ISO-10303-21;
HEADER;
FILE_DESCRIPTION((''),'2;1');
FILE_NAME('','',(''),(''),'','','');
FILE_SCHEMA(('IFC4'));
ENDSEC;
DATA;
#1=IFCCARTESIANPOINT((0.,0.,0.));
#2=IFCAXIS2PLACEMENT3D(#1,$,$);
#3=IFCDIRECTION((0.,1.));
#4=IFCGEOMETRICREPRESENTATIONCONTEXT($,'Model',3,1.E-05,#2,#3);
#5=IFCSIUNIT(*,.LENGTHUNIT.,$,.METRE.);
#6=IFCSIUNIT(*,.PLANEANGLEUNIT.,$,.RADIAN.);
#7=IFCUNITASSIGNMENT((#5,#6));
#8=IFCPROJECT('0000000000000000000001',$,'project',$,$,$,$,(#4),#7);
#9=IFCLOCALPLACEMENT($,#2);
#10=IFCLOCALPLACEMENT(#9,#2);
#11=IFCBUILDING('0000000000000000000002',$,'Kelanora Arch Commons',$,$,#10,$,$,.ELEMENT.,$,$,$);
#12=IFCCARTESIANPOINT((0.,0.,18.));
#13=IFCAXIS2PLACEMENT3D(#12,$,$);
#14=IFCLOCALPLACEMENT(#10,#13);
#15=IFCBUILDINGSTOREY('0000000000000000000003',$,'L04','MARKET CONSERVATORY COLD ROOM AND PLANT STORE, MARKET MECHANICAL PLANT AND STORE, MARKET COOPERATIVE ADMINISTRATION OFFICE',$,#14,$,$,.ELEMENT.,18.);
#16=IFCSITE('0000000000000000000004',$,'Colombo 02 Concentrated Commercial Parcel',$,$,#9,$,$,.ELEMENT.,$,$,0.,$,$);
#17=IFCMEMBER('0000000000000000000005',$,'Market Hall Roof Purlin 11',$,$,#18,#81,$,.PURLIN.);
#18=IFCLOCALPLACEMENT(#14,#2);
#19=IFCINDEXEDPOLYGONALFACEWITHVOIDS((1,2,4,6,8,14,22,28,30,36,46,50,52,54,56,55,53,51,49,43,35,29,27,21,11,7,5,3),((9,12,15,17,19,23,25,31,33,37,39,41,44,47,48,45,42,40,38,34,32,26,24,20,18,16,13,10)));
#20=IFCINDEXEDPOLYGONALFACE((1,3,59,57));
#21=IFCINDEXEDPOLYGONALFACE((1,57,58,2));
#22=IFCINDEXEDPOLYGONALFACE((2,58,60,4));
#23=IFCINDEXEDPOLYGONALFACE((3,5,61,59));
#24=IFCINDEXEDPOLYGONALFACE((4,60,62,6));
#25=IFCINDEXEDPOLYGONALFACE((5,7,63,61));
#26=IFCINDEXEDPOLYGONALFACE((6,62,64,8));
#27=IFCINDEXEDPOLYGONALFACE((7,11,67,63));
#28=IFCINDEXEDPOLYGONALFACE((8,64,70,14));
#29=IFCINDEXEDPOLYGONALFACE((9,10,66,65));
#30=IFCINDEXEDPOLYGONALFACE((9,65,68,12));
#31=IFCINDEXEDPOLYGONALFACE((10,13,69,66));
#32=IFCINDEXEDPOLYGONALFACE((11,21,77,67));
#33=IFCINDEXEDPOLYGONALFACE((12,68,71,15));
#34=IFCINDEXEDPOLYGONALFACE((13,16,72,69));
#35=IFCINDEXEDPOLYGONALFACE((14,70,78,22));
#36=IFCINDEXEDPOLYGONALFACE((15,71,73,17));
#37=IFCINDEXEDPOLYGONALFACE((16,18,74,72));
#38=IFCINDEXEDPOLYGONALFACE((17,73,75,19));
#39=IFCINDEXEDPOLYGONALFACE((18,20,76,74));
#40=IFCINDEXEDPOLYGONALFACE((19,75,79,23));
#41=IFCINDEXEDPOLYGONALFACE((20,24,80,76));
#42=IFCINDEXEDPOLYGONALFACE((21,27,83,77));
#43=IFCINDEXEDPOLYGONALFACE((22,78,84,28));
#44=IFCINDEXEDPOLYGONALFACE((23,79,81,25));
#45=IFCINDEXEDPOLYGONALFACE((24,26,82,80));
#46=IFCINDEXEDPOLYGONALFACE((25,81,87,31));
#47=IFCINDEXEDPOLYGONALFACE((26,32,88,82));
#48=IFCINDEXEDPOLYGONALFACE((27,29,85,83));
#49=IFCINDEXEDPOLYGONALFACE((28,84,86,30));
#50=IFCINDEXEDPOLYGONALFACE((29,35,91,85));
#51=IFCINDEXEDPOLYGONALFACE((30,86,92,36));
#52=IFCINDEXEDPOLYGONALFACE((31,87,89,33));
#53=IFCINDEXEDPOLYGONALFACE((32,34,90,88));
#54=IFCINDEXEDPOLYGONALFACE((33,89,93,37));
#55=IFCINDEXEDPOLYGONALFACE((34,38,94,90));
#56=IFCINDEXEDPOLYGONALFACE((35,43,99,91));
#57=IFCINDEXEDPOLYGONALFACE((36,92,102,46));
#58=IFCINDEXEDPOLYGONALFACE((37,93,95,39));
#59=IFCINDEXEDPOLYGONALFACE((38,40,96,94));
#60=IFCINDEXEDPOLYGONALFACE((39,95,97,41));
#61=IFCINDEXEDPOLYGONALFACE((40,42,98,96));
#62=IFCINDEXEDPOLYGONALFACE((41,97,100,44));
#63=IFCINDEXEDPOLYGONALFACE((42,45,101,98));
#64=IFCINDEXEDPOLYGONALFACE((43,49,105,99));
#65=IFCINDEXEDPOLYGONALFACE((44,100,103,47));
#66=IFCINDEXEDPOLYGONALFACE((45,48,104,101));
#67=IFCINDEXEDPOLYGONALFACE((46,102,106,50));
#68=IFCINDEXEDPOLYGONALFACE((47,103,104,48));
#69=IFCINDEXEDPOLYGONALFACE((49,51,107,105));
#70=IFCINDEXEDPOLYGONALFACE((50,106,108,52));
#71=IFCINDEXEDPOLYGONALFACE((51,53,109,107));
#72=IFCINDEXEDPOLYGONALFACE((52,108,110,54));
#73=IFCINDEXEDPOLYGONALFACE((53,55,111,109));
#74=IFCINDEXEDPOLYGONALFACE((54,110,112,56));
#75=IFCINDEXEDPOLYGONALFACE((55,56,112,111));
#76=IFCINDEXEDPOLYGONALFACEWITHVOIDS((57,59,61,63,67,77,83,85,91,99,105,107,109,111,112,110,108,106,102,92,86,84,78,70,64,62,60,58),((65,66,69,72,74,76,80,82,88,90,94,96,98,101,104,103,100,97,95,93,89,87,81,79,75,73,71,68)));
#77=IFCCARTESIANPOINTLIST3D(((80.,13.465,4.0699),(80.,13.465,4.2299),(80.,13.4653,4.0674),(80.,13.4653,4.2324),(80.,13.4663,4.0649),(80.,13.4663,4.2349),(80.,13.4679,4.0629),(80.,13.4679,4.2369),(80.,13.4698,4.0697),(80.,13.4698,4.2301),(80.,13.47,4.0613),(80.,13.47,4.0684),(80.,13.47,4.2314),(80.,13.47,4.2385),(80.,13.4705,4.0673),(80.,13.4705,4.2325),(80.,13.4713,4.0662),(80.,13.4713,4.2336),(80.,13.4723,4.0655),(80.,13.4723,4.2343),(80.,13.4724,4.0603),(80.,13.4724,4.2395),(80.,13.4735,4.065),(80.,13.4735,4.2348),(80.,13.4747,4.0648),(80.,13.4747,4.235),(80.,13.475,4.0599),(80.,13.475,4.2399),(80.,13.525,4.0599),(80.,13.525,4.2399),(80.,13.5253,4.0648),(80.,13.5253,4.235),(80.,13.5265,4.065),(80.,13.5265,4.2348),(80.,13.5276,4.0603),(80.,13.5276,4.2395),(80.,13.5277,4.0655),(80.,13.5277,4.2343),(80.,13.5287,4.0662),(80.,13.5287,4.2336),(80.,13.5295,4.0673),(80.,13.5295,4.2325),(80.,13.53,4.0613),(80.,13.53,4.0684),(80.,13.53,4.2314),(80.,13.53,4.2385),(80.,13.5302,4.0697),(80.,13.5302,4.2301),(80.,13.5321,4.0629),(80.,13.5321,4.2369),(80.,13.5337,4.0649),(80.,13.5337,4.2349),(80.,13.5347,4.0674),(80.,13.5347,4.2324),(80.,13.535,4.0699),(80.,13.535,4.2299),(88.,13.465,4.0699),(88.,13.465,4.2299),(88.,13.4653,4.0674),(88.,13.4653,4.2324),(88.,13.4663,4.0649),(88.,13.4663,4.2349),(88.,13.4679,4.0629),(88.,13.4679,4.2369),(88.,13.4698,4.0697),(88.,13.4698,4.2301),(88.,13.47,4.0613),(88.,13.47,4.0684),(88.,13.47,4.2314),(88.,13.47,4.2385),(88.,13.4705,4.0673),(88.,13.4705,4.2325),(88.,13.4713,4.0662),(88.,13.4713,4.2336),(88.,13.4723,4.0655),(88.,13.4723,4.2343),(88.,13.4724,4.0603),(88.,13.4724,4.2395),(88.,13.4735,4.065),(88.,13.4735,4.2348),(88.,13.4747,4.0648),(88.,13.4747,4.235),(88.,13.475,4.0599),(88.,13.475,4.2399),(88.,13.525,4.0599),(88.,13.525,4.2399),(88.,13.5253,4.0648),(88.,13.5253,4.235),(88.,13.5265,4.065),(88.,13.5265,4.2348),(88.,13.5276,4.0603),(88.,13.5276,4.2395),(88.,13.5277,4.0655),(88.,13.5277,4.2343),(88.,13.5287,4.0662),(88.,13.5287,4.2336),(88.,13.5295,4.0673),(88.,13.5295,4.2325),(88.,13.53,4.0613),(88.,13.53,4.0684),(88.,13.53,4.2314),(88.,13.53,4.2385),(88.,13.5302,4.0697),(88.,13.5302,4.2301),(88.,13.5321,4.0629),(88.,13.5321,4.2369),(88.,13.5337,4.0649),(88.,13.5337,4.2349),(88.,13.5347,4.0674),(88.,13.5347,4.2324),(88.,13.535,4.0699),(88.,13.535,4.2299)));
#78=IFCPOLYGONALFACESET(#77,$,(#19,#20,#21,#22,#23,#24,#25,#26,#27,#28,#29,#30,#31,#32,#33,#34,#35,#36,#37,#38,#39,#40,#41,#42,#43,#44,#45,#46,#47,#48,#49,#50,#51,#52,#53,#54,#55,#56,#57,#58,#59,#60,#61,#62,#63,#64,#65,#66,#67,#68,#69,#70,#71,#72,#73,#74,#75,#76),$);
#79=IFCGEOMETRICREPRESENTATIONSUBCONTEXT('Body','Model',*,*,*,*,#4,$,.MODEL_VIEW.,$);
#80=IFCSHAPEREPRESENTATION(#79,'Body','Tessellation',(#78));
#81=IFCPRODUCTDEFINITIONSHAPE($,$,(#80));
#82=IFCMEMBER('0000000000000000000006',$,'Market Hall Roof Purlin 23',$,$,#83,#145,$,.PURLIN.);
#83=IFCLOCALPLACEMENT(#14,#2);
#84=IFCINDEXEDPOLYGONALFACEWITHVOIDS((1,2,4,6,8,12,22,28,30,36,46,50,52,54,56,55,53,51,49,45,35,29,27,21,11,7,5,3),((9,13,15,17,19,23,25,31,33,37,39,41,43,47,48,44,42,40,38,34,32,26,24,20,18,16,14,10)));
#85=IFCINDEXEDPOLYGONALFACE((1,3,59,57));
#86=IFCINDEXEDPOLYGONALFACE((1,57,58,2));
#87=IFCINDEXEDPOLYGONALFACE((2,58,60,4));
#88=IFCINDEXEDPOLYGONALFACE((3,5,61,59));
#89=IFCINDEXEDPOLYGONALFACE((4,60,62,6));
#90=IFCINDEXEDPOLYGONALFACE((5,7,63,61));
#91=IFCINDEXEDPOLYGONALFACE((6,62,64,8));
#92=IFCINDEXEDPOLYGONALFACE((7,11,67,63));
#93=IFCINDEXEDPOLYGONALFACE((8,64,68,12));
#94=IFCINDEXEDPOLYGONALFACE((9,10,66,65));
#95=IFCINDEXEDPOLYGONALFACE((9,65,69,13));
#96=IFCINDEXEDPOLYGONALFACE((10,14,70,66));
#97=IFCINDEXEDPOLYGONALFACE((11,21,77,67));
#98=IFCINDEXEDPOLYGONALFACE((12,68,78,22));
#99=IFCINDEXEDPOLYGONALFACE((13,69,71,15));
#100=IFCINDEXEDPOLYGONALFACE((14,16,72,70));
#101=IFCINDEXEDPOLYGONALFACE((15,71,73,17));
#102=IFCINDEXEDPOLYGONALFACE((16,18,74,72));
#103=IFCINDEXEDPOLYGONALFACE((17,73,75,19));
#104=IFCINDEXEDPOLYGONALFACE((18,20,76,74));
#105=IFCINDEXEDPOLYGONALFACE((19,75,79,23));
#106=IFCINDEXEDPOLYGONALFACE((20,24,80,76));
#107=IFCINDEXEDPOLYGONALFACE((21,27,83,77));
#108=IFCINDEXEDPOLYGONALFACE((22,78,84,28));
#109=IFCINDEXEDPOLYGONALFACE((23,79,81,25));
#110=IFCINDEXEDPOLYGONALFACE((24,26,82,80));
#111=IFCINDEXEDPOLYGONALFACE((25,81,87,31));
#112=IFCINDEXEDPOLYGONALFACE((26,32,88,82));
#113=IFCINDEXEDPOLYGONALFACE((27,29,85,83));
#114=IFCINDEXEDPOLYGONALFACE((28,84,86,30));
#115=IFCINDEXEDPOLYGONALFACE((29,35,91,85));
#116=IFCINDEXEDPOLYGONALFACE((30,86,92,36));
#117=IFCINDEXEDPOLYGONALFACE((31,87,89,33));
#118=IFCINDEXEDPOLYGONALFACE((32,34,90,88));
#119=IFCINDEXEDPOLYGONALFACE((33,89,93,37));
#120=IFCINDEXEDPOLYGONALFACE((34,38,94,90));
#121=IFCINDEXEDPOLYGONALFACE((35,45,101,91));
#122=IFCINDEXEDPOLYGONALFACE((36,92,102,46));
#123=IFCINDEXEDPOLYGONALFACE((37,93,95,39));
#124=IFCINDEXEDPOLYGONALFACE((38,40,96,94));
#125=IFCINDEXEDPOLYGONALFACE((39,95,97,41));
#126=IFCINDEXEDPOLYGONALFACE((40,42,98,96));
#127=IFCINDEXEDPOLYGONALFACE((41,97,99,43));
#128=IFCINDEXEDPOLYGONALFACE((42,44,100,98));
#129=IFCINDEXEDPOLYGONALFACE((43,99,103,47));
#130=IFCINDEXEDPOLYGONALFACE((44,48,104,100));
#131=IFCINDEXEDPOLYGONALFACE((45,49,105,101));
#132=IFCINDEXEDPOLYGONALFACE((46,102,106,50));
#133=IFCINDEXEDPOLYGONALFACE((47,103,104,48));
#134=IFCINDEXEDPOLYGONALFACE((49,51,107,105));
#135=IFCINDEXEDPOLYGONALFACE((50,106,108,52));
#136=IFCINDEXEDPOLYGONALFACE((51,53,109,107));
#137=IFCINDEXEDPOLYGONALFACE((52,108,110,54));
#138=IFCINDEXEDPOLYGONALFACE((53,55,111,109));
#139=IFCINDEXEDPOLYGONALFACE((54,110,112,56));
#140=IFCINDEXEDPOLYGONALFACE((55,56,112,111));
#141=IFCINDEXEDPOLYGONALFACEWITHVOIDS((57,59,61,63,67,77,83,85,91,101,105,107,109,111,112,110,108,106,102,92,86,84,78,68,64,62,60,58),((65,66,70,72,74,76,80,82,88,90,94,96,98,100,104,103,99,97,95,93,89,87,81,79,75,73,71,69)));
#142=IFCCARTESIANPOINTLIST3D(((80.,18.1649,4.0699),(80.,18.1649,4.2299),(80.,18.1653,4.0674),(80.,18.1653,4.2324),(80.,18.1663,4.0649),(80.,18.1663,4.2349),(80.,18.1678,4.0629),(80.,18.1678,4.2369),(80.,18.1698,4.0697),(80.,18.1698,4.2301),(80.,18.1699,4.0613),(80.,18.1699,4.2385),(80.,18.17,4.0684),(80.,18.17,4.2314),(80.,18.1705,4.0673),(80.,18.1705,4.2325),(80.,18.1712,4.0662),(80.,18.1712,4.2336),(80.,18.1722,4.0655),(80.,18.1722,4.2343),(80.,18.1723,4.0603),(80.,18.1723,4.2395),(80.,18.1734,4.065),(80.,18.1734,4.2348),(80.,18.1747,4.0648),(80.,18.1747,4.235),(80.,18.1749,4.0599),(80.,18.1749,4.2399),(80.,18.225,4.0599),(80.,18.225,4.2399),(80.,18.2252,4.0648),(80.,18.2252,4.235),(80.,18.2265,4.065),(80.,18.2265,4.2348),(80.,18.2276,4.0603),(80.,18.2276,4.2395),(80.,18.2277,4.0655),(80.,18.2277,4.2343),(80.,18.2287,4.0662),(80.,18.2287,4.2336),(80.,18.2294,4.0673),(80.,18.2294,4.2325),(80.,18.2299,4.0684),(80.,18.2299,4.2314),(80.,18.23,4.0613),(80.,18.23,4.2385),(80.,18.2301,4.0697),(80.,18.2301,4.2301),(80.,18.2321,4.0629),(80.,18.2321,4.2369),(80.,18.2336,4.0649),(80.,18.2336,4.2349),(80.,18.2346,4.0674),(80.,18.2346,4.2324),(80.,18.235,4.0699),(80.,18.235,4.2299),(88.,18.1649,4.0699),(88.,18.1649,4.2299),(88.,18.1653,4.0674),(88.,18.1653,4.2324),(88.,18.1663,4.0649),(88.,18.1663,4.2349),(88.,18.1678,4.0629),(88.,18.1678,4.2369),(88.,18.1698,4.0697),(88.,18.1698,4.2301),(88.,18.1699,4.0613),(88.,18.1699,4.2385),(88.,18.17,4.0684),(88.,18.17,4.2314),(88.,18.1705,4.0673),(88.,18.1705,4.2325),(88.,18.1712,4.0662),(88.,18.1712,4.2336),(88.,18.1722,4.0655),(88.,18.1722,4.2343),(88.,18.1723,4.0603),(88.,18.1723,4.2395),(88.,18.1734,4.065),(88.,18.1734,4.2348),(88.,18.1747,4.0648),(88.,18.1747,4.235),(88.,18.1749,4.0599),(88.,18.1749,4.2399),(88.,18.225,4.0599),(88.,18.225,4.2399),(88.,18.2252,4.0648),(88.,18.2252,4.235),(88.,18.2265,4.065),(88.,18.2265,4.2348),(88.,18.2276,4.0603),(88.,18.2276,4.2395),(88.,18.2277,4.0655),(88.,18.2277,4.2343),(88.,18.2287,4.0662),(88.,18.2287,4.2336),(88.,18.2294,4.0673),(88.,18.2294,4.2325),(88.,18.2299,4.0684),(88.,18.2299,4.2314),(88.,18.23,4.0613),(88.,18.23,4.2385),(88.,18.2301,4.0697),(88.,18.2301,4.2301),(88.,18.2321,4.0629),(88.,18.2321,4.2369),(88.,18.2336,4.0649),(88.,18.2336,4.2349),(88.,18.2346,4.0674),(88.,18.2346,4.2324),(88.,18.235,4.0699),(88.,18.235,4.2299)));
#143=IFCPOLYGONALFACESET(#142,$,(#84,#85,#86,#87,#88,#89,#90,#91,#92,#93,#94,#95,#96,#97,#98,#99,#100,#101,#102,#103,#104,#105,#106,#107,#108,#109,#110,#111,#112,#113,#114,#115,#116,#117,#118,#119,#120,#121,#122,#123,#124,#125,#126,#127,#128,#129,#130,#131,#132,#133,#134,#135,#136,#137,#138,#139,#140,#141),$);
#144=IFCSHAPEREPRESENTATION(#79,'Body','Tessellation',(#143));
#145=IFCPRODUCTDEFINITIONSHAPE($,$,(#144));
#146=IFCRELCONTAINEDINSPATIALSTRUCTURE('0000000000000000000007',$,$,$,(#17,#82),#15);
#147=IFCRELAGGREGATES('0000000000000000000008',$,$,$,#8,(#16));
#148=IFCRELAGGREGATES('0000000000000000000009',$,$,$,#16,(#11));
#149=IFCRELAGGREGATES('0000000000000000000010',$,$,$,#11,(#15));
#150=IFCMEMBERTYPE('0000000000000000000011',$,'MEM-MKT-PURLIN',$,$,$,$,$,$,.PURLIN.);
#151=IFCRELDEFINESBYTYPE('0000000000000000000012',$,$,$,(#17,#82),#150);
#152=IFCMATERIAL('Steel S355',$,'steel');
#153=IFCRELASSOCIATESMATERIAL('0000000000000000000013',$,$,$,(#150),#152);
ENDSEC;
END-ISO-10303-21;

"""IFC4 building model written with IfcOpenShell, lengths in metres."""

from ifc_helpers import new_model, si_unit, direction, frame, origin, origin_2d, place, context, subcontext, project, spatial, hollow_rectangle, extrude, material, material_profile, profile_set, type_object, element, save


model = new_model("IFC4")

# Units and contexts
model_context = context("Model", 3, precision=1e-05, world=origin(), true_north=direction((0.0, 1.0)))
body_context = subcontext(model_context, "Body", "Model", "MODEL_VIEW")
ifc_project = project(units=[si_unit("LENGTHUNIT", "METRE"), si_unit("PLANEANGLEUNIT", "RADIAN")], contexts=[model_context])

# Site, building, storey
site_placement = place(None, origin())
site = spatial("IfcSite", under=ifc_project, at=site_placement, Name="Colombo 02 Concentrated Commercial Parcel", CompositionType="ELEMENT", RefElevation=0.0)
building_placement = place(site_placement, origin())
building = spatial("IfcBuilding", under=site, at=building_placement, Name="Kelanora Arch Commons", CompositionType="ELEMENT")
storey_placement = place(building_placement, frame((0.0, 0.0, 18.0)))
storey = spatial("IfcBuildingStorey", under=building, at=storey_placement, Name="L04", Description="MARKET CONSERVATORY COLD ROOM AND PLANT STORE, MARKET MECHANICAL PLANT AND STORE, MARKET COOPERATIVE ADMINISTRATION OFFICE", CompositionType="ELEMENT", Elevation=18.0)

# Shared definitions
ifc_material_1 = material(Name="Steel S355", Category="steel")

# Members
ifc_material_profile_1 = material_profile(ifc_material_1, hollow_rectangle(XDim=0.0701, YDim=0.1799, WallThickness=0.0049, InnerFilletRadius=0.0049, OuterFilletRadius=0.01, at=origin_2d()), Name="RHS180x70x5")
ifc_profile_set_1 = profile_set([ifc_material_profile_1], Name="Steel S355")
member_type_1 = type_object("IfcMemberType", Name="MEM-MKT-PURLIN", PredefinedType="PURLIN", material=ifc_profile_set_1)
for number, where, z_axis, x_axis, name in (
    (1, (80.0, 13.5, 4.1499), (1.0, 0.0, 0.0), (0.0, 1.0, 0.0), "Market Hall Roof Purlin 11"),
    (2, (80.0, 18.2, 4.1499), (1.0, 0.0, 0.0), (0.0, 1.0, 0.0), "Market Hall Roof Purlin 23"),
):
    element("IfcMember", number, at=place(storey_placement, frame(where, z_axis=z_axis, x_axis=x_axis)), inside=storey, type_object=member_type_1, Name=name, PredefinedType="PURLIN", context=body_context, shape_type="SweptSolid", body=[
        extrude(hollow_rectangle(XDim=0.0701, YDim=0.1799, WallThickness=0.0049, InnerFilletRadius=0.0049, OuterFilletRadius=0.01, at=origin_2d()), origin(), (0.0, 0.0, 1.0), 8.0),
    ])

save(model, "model.ifc")
